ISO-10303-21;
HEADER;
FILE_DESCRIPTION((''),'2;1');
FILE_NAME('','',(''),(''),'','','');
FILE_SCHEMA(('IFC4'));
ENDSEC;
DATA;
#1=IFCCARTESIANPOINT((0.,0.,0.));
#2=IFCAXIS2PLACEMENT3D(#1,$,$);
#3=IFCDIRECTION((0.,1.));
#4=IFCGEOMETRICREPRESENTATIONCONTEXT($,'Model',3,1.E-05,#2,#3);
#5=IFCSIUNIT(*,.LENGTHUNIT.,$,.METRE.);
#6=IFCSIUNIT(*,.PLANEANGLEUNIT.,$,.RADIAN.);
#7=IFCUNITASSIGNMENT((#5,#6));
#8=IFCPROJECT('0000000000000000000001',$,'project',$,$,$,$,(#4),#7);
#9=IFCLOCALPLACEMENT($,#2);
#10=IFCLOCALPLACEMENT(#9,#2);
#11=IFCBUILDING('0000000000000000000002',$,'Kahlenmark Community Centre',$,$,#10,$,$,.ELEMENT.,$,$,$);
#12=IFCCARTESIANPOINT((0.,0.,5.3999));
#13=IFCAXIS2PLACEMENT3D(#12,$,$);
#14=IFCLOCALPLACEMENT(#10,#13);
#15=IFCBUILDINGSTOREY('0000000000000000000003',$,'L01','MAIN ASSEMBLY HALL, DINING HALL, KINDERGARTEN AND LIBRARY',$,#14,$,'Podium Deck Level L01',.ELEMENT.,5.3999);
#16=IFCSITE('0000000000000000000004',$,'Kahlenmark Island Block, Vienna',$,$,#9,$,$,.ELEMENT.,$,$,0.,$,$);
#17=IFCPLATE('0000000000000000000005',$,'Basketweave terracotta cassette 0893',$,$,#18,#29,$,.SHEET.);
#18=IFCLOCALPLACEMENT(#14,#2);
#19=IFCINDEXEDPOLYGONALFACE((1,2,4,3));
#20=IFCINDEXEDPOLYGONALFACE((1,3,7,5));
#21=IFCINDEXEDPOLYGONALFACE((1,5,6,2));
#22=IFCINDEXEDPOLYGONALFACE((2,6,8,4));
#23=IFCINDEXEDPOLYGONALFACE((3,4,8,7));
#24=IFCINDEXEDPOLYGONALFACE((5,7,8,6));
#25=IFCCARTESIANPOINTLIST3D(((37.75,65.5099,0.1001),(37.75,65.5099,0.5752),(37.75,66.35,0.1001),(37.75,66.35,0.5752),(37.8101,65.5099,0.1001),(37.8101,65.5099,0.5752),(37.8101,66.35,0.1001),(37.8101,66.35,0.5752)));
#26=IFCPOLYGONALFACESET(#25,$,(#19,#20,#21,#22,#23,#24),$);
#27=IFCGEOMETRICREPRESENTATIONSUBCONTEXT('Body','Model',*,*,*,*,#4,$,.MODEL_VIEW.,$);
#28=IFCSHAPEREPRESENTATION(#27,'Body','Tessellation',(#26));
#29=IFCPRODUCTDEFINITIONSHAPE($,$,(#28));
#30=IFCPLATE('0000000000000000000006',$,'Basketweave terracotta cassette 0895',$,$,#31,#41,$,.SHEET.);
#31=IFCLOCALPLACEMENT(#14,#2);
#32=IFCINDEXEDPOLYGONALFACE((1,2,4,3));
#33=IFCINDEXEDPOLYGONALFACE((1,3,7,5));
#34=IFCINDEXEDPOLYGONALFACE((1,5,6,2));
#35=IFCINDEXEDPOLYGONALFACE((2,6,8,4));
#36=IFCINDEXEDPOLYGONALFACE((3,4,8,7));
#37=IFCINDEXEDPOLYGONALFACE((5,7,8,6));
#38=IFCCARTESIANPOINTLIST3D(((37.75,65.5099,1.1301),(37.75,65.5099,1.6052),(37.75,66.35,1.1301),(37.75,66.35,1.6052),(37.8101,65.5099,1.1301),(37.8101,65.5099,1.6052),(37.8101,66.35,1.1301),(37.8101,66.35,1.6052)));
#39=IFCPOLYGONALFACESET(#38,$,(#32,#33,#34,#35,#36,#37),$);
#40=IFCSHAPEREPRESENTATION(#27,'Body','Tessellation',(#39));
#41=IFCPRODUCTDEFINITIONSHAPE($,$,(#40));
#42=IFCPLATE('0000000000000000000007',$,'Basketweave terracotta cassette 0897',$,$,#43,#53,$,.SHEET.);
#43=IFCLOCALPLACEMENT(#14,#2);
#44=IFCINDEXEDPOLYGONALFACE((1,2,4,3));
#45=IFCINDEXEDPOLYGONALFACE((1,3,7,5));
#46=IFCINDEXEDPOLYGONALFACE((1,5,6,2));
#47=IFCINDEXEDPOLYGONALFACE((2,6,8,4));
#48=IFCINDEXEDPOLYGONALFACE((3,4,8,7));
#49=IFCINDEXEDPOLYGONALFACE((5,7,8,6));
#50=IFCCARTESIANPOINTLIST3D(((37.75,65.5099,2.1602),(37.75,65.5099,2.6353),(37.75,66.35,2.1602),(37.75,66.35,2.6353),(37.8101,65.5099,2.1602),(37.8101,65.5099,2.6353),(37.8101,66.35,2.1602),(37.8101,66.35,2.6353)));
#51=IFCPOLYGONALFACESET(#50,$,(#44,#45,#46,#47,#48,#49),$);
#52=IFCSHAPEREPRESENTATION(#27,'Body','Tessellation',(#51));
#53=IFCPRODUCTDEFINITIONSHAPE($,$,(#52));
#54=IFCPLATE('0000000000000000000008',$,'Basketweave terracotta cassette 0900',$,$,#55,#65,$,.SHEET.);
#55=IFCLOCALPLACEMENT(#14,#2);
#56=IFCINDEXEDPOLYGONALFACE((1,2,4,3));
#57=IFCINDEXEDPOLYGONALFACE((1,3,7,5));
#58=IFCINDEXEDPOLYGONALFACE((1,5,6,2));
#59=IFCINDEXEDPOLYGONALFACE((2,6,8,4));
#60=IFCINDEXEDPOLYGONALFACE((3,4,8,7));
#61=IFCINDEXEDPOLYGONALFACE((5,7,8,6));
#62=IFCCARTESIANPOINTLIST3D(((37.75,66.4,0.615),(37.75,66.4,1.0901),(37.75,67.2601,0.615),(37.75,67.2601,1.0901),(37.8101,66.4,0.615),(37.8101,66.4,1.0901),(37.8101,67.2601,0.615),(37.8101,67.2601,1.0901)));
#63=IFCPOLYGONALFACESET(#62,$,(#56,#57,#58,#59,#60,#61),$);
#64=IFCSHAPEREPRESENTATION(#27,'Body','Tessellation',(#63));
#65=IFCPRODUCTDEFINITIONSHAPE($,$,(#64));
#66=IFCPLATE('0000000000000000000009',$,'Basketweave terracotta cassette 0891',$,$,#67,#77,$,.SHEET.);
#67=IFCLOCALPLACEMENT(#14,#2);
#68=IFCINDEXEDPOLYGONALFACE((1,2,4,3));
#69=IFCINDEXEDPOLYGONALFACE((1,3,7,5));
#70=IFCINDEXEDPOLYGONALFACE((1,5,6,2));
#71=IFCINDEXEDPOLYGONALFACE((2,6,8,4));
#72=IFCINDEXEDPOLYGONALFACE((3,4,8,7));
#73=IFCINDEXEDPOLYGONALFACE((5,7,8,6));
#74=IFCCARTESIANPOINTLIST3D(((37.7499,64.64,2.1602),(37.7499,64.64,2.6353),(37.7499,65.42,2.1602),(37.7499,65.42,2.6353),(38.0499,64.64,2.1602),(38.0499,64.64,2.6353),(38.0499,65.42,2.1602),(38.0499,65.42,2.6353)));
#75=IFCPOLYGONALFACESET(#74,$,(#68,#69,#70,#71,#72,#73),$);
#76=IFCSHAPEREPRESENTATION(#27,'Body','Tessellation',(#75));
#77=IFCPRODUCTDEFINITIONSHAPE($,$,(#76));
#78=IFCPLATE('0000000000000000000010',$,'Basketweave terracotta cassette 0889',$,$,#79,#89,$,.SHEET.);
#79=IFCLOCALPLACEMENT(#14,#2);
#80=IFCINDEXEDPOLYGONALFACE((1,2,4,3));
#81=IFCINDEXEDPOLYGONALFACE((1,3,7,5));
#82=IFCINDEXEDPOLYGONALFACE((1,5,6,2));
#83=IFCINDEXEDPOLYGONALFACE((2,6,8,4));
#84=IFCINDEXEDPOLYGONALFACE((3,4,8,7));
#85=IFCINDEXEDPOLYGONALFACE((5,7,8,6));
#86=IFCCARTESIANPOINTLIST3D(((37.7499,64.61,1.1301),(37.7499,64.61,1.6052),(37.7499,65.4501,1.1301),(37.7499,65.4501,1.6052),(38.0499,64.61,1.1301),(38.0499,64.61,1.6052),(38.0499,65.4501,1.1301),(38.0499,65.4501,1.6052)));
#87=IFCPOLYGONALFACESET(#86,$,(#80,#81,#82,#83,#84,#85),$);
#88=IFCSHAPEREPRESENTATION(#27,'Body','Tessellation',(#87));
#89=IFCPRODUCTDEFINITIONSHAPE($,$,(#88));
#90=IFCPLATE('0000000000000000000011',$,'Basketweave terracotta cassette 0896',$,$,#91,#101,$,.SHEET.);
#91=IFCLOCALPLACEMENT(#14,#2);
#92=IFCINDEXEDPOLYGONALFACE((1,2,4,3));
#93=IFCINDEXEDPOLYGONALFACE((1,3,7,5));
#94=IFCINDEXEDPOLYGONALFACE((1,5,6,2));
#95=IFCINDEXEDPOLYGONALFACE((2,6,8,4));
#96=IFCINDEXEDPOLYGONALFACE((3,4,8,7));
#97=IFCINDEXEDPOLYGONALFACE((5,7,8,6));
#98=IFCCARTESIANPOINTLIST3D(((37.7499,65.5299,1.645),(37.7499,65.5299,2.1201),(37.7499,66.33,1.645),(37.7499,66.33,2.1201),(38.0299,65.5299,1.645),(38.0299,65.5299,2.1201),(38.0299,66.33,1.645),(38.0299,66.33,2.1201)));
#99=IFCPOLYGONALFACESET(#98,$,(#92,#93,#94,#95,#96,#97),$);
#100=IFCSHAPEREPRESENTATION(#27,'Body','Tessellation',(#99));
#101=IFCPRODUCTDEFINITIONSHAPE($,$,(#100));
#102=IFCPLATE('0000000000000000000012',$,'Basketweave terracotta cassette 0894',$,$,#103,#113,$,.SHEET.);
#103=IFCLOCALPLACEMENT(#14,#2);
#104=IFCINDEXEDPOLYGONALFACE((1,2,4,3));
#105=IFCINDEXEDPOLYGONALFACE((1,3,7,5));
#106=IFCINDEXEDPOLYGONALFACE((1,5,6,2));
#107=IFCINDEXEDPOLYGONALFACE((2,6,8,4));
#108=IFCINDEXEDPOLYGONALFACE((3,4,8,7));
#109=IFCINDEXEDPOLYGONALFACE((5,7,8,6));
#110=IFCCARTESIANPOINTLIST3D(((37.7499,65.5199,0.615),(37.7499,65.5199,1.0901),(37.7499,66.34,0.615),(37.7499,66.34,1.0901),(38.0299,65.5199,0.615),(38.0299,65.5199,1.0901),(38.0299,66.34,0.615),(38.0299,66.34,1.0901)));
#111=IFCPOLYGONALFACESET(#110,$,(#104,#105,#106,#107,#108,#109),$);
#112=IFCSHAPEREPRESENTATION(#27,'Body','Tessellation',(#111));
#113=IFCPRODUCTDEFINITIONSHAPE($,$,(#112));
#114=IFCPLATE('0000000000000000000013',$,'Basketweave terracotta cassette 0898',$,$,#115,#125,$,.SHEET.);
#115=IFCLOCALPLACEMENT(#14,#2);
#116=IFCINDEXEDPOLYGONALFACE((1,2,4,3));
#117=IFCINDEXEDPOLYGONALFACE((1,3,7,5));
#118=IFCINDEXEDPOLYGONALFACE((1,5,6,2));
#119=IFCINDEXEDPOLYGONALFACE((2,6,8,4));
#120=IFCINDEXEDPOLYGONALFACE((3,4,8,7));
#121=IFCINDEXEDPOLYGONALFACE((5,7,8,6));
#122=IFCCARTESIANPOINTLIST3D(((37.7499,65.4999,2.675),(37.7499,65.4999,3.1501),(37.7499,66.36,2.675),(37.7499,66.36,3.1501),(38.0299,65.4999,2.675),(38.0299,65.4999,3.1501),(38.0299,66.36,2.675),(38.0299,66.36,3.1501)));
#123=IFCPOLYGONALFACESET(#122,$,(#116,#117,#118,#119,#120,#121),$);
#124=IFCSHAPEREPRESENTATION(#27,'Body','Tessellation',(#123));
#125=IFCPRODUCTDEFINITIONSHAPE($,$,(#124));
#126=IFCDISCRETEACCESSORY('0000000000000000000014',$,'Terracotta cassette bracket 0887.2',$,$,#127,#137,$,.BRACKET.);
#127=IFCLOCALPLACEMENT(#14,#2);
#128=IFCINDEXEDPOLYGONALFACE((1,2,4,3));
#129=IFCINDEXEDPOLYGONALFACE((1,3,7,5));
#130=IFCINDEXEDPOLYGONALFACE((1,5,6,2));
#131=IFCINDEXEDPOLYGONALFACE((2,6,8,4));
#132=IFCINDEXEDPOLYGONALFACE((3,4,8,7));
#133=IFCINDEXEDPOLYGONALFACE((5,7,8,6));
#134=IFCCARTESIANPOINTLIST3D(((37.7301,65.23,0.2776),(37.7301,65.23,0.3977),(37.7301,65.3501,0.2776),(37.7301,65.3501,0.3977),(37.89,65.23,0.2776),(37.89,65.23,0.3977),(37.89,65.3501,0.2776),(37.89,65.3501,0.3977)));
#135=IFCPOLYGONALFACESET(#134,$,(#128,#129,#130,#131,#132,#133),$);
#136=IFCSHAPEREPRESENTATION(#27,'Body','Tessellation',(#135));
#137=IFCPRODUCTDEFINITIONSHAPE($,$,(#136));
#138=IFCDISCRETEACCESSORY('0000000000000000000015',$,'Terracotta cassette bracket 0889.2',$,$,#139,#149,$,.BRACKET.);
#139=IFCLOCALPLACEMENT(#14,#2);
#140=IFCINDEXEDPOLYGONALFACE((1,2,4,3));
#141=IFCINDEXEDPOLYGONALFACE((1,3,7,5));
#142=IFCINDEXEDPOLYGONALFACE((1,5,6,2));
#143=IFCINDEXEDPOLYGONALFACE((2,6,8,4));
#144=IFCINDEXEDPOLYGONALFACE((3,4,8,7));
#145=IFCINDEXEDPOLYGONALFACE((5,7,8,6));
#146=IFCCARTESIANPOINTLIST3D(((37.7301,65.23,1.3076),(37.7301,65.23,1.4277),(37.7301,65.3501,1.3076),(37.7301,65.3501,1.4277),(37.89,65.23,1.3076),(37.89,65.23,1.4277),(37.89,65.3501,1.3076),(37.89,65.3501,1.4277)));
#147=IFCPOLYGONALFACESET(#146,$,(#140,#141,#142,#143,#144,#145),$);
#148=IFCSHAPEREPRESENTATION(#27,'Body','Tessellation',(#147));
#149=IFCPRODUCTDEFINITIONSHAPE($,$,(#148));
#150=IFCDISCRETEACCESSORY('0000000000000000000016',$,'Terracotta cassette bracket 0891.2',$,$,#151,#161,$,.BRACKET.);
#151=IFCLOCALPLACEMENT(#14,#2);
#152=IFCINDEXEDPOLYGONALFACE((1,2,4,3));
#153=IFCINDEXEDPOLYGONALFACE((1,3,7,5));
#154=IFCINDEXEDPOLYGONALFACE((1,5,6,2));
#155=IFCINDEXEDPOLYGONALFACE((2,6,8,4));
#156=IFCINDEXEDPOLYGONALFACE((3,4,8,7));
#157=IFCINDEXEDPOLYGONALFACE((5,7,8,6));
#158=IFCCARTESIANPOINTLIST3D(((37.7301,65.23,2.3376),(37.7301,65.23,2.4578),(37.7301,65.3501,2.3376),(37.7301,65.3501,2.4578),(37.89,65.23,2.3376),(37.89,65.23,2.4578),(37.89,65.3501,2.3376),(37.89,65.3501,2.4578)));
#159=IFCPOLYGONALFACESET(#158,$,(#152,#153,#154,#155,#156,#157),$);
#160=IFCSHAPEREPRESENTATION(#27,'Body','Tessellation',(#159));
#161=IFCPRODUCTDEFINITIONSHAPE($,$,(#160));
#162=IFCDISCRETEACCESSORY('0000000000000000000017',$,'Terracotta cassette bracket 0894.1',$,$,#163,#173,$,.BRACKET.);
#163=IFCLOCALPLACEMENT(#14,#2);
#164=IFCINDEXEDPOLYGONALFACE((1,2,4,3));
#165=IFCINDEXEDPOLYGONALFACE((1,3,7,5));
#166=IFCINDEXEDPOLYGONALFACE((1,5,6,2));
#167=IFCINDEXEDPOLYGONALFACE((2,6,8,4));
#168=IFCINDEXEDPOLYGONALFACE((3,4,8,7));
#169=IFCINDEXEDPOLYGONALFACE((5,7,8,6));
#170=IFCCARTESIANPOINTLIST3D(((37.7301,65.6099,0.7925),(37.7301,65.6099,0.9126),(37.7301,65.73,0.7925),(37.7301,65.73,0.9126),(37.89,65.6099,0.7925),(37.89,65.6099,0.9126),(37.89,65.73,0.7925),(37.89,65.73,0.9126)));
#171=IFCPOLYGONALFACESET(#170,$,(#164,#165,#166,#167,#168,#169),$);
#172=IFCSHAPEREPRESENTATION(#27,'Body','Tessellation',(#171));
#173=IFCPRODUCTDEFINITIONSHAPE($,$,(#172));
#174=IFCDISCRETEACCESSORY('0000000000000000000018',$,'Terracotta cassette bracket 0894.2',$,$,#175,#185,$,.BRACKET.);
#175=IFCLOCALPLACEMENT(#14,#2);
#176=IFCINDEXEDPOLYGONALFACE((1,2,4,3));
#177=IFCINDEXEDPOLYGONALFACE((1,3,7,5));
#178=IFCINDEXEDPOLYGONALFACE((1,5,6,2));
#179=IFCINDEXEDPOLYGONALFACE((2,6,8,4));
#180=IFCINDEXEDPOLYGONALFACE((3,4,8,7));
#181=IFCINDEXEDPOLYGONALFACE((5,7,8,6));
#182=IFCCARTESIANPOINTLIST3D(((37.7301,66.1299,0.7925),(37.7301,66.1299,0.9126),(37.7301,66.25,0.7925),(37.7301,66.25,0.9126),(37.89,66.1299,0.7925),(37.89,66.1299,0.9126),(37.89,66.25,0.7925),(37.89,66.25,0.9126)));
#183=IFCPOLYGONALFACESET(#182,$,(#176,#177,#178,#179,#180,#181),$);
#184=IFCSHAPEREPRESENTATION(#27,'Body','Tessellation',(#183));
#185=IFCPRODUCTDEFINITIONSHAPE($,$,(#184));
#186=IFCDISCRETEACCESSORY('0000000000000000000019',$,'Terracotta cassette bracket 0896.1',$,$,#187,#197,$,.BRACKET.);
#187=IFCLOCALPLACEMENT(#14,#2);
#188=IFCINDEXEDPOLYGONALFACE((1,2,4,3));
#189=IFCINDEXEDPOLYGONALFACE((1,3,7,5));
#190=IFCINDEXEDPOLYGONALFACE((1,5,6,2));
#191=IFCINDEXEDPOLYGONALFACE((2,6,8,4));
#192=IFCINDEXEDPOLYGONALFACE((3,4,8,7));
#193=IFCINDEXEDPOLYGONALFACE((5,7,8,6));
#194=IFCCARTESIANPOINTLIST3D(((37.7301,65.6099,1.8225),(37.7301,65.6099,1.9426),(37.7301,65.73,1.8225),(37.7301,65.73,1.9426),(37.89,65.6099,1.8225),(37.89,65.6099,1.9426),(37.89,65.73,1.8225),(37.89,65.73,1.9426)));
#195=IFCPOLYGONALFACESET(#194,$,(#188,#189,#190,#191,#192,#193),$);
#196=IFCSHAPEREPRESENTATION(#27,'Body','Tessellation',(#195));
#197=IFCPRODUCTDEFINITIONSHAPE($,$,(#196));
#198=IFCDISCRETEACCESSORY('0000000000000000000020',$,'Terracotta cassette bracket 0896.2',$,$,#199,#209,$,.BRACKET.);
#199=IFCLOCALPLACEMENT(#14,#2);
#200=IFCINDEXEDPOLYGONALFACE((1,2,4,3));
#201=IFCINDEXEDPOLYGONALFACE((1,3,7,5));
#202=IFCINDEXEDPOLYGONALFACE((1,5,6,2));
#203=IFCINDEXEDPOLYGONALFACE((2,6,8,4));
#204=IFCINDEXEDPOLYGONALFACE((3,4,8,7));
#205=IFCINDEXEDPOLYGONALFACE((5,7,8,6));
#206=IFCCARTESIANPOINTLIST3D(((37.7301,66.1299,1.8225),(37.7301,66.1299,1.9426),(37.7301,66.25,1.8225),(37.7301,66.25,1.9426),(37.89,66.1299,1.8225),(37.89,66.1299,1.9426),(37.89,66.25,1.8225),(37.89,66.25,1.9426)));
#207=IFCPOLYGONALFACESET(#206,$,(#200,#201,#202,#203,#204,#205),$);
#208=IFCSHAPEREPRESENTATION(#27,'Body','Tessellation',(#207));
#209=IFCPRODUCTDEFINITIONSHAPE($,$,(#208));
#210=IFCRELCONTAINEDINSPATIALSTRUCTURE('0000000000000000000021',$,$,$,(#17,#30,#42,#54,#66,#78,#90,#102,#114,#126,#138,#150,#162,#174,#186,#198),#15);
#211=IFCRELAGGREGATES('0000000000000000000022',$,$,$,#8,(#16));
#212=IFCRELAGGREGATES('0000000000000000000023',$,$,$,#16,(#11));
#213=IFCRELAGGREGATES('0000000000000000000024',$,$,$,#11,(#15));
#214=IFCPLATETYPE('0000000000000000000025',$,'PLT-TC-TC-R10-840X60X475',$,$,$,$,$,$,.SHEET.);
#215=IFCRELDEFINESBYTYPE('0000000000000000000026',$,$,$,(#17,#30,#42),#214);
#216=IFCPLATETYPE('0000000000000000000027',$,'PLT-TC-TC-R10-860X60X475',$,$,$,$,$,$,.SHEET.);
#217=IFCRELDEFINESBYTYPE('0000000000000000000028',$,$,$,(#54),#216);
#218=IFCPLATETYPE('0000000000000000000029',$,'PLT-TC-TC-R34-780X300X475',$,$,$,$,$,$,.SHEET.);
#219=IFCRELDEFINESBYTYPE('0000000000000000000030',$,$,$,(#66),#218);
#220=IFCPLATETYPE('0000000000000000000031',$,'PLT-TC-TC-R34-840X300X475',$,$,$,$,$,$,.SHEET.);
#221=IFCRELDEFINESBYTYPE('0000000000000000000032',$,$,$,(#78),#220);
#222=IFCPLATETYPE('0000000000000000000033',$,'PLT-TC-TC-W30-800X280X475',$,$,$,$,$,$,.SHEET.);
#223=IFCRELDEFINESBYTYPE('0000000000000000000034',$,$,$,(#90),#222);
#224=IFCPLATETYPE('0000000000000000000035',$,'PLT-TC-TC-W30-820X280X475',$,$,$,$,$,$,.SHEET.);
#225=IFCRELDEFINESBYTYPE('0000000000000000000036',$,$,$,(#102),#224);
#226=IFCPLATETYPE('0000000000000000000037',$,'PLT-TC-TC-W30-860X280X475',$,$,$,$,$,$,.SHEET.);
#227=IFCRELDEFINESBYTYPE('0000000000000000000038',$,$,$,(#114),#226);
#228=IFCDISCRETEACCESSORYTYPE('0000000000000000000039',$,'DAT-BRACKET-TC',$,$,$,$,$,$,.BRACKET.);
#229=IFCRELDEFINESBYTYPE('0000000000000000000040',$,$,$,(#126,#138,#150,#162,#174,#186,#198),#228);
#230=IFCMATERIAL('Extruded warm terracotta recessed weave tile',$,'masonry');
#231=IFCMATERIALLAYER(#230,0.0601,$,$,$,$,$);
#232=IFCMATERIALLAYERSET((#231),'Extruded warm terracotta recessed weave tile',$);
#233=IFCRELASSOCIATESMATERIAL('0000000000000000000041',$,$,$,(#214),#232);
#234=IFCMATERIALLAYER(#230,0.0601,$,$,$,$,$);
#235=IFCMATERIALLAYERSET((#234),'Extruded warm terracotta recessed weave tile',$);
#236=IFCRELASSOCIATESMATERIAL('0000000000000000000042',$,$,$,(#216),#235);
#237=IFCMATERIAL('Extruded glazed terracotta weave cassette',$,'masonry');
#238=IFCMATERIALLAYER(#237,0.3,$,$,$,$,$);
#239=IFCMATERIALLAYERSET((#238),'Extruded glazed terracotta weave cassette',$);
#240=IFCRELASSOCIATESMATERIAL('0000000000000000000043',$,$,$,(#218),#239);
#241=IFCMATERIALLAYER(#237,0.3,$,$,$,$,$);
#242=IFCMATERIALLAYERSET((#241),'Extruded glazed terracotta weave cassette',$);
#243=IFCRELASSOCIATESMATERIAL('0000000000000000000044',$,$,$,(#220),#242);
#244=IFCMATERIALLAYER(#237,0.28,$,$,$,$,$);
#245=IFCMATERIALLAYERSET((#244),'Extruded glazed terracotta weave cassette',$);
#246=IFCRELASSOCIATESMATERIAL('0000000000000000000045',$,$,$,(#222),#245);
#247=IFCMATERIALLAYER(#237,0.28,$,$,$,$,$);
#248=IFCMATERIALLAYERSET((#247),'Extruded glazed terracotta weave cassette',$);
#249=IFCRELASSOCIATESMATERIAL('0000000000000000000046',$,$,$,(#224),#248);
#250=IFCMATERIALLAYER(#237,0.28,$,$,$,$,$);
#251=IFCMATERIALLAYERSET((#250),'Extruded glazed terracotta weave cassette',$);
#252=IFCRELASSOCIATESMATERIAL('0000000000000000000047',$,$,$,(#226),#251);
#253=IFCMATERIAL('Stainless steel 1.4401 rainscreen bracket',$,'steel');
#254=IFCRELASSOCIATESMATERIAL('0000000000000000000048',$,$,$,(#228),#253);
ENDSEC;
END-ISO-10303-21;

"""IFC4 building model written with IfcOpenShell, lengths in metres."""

from ifc_helpers import new_model, si_unit, direction, frame, origin, origin_2d, place, context, subcontext, project, spatial, rectangle, extrude, material, layer, layer_set, type_object, element, save


model = new_model("IFC4")

# Units and contexts
model_context = context("Model", 3, precision=1e-05, world=origin(), true_north=direction((0.0, 1.0)))
body_context = subcontext(model_context, "Body", "Model", "MODEL_VIEW")
ifc_project = project(units=[si_unit("LENGTHUNIT", "METRE"), si_unit("PLANEANGLEUNIT", "RADIAN")], contexts=[model_context])

# Site, building, storey
site_placement = place(None, origin())
site = spatial("IfcSite", under=ifc_project, at=site_placement, Name="Kahlenmark Island Block, Vienna", CompositionType="ELEMENT", RefElevation=0.0)
building_placement = place(site_placement, origin())
building = spatial("IfcBuilding", under=site, at=building_placement, Name="Kahlenmark Community Centre", CompositionType="ELEMENT")
storey_placement = place(building_placement, frame((0.0, 0.0, 5.3999)))
storey = spatial("IfcBuildingStorey", under=building, at=storey_placement, Name="L01", Description="MAIN ASSEMBLY HALL, DINING HALL, KINDERGARTEN AND LIBRARY", LongName="Podium Deck Level L01", CompositionType="ELEMENT", Elevation=5.3999)

# Plates
ifc_material_1 = material(Name="Extruded warm terracotta recessed weave tile", Category="masonry")
ifc_layer_1 = layer(ifc_material_1, 0.0601)
ifc_layer_set_1 = layer_set([ifc_layer_1], Name="Extruded warm terracotta recessed weave tile")
plate_type_1 = type_object("IfcPlateType", Name="PLT-TC-TC-R10-840X60X475", PredefinedType="SHEET", material=ifc_layer_set_1)
for number, where, z_axis, x_axis, name in (
    (1, (37.78, 65.9299, 0.1001), (0.0, 0.0, 1.0), (0.0, 1.0, 0.0), "Basketweave terracotta cassette 0893"),
    (2, (37.78, 65.9299, 1.1301), (0.0, 0.0, 1.0), (0.0, 1.0, 0.0), "Basketweave terracotta cassette 0895"),
    (3, (37.78, 65.9299, 2.1602), (0.0, 0.0, 1.0), (0.0, 1.0, 0.0), "Basketweave terracotta cassette 0897"),
):
    element("IfcPlate", number, at=place(storey_placement, frame(where, z_axis=z_axis, x_axis=x_axis)), inside=storey, type_object=plate_type_1, Name=name, PredefinedType="SHEET", context=body_context, shape_type="SweptSolid", body=[
        extrude(rectangle(XDim=0.8401, YDim=0.0601, at=origin_2d()), origin(), (0.0, 0.0, 1.0), 0.4751),
    ])
ifc_layer_2 = layer(ifc_material_1, 0.0601)
ifc_layer_set_2 = layer_set([ifc_layer_2], Name="Extruded warm terracotta recessed weave tile")
plate_type_2 = type_object("IfcPlateType", Name="PLT-TC-TC-R10-860X60X475", PredefinedType="SHEET", material=ifc_layer_set_2)
plate_1_placement = place(storey_placement, frame((37.78, 66.8301, 0.615), z_axis=(0.0, 0.0, 1.0), x_axis=(0.0, 1.0, 0.0)))
element("IfcPlate", 4, at=plate_1_placement, inside=storey, type_object=plate_type_2, Name="Basketweave terracotta cassette 0900", PredefinedType="SHEET", context=body_context, shape_type="SweptSolid", body=[
    extrude(rectangle(XDim=0.8601, YDim=0.0601, at=origin_2d()), origin(), (0.0, 0.0, 1.0), 0.4751),
])
ifc_material_2 = material(Name="Extruded glazed terracotta weave cassette", Category="masonry")
ifc_layer_3 = layer(ifc_material_2, 0.3)
ifc_layer_set_3 = layer_set([ifc_layer_3], Name="Extruded glazed terracotta weave cassette")
plate_type_3 = type_object("IfcPlateType", Name="PLT-TC-TC-R34-780X300X475", PredefinedType="SHEET", material=ifc_layer_set_3)
plate_2_placement = place(storey_placement, frame((37.8999, 65.03, 2.1602), z_axis=(0.0, 0.0, 1.0), x_axis=(0.0, 1.0, 0.0)))
element("IfcPlate", 5, at=plate_2_placement, inside=storey, type_object=plate_type_3, Name="Basketweave terracotta cassette 0891", PredefinedType="SHEET", context=body_context, shape_type="SweptSolid", body=[
    extrude(rectangle(XDim=0.78, YDim=0.3, at=origin_2d()), origin(), (0.0, 0.0, 1.0), 0.4751),
])
ifc_layer_4 = layer(ifc_material_2, 0.3)
ifc_layer_set_4 = layer_set([ifc_layer_4], Name="Extruded glazed terracotta weave cassette")
plate_type_4 = type_object("IfcPlateType", Name="PLT-TC-TC-R34-840X300X475", PredefinedType="SHEET", material=ifc_layer_set_4)
plate_3_placement = place(storey_placement, frame((37.8999, 65.03, 1.1301), z_axis=(0.0, 0.0, 1.0), x_axis=(0.0, 1.0, 0.0)))
element("IfcPlate", 6, at=plate_3_placement, inside=storey, type_object=plate_type_4, Name="Basketweave terracotta cassette 0889", PredefinedType="SHEET", context=body_context, shape_type="SweptSolid", body=[
    extrude(rectangle(XDim=0.8401, YDim=0.3, at=origin_2d()), origin(), (0.0, 0.0, 1.0), 0.4751),
])
ifc_layer_5 = layer(ifc_material_2, 0.28)
ifc_layer_set_5 = layer_set([ifc_layer_5], Name="Extruded glazed terracotta weave cassette")
plate_type_5 = type_object("IfcPlateType", Name="PLT-TC-TC-W30-800X280X475", PredefinedType="SHEET", material=ifc_layer_set_5)
plate_4_placement = place(storey_placement, frame((37.8899, 65.9299, 1.645), z_axis=(0.0, 0.0, 1.0), x_axis=(0.0, 1.0, 0.0)))
element("IfcPlate", 7, at=plate_4_placement, inside=storey, type_object=plate_type_5, Name="Basketweave terracotta cassette 0896", PredefinedType="SHEET", context=body_context, shape_type="SweptSolid", body=[
    extrude(rectangle(XDim=0.8, YDim=0.28, at=origin_2d()), origin(), (0.0, 0.0, 1.0), 0.4751),
])
ifc_layer_6 = layer(ifc_material_2, 0.28)
ifc_layer_set_6 = layer_set([ifc_layer_6], Name="Extruded glazed terracotta weave cassette")
plate_type_6 = type_object("IfcPlateType", Name="PLT-TC-TC-W30-820X280X475", PredefinedType="SHEET", material=ifc_layer_set_6)
plate_5_placement = place(storey_placement, frame((37.8899, 65.9299, 0.615), z_axis=(0.0, 0.0, 1.0), x_axis=(0.0, 1.0, 0.0)))
element("IfcPlate", 8, at=plate_5_placement, inside=storey, type_object=plate_type_6, Name="Basketweave terracotta cassette 0894", PredefinedType="SHEET", context=body_context, shape_type="SweptSolid", body=[
    extrude(rectangle(XDim=0.8201, YDim=0.28, at=origin_2d()), origin(), (0.0, 0.0, 1.0), 0.4751),
])
ifc_layer_7 = layer(ifc_material_2, 0.28)
ifc_layer_set_7 = layer_set([ifc_layer_7], Name="Extruded glazed terracotta weave cassette")
plate_type_7 = type_object("IfcPlateType", Name="PLT-TC-TC-W30-860X280X475", PredefinedType="SHEET", material=ifc_layer_set_7)
plate_6_placement = place(storey_placement, frame((37.8899, 65.9299, 2.675), z_axis=(0.0, 0.0, 1.0), x_axis=(0.0, 1.0, 0.0)))
element("IfcPlate", 9, at=plate_6_placement, inside=storey, type_object=plate_type_7, Name="Basketweave terracotta cassette 0898", PredefinedType="SHEET", context=body_context, shape_type="SweptSolid", body=[
    extrude(rectangle(XDim=0.8601, YDim=0.28, at=origin_2d()), origin(), (0.0, 0.0, 1.0), 0.4751),
])

# Discrete accessories
ifc_material_3 = material(Name="Stainless steel 1.4401 rainscreen bracket", Category="steel")
discrete_accessory_type = type_object("IfcDiscreteAccessoryType", Name="DAT-BRACKET-TC", PredefinedType="BRACKET", material=ifc_material_3)
for number, where, z_axis, x_axis, name in (
    (10, (37.8101, 65.29, 0.2776), (0.0, 0.0, 1.0), (0.0, 1.0, 0.0), "Terracotta cassette bracket 0887.2"),
    (11, (37.8101, 65.29, 1.3076), (0.0, 0.0, 1.0), (0.0, 1.0, 0.0), "Terracotta cassette bracket 0889.2"),
    (12, (37.8101, 65.29, 2.3376), (0.0, 0.0, 1.0), (0.0, 1.0, 0.0), "Terracotta cassette bracket 0891.2"),
    (13, (37.8101, 65.6699, 0.7925), (0.0, 0.0, 1.0), (0.0, 1.0, 0.0), "Terracotta cassette bracket 0894.1"),
    (14, (37.8101, 66.1899, 0.7925), (0.0, 0.0, 1.0), (0.0, 1.0, 0.0), "Terracotta cassette bracket 0894.2"),
    (15, (37.8101, 65.6699, 1.8225), (0.0, 0.0, 1.0), (0.0, 1.0, 0.0), "Terracotta cassette bracket 0896.1"),
    (16, (37.8101, 66.1899, 1.8225), (0.0, 0.0, 1.0), (0.0, 1.0, 0.0), "Terracotta cassette bracket 0896.2"),
):
    element("IfcDiscreteAccessory", number, at=place(storey_placement, frame(where, z_axis=z_axis, x_axis=x_axis)), inside=storey, type_object=discrete_accessory_type, Name=name, PredefinedType="BRACKET", context=body_context, shape_type="SweptSolid", body=[
        extrude(rectangle(XDim=0.1201, YDim=0.1599, at=origin_2d()), origin(), (0.0, 0.0, 1.0), 0.1201),
    ])

save(model, "model.ifc")
